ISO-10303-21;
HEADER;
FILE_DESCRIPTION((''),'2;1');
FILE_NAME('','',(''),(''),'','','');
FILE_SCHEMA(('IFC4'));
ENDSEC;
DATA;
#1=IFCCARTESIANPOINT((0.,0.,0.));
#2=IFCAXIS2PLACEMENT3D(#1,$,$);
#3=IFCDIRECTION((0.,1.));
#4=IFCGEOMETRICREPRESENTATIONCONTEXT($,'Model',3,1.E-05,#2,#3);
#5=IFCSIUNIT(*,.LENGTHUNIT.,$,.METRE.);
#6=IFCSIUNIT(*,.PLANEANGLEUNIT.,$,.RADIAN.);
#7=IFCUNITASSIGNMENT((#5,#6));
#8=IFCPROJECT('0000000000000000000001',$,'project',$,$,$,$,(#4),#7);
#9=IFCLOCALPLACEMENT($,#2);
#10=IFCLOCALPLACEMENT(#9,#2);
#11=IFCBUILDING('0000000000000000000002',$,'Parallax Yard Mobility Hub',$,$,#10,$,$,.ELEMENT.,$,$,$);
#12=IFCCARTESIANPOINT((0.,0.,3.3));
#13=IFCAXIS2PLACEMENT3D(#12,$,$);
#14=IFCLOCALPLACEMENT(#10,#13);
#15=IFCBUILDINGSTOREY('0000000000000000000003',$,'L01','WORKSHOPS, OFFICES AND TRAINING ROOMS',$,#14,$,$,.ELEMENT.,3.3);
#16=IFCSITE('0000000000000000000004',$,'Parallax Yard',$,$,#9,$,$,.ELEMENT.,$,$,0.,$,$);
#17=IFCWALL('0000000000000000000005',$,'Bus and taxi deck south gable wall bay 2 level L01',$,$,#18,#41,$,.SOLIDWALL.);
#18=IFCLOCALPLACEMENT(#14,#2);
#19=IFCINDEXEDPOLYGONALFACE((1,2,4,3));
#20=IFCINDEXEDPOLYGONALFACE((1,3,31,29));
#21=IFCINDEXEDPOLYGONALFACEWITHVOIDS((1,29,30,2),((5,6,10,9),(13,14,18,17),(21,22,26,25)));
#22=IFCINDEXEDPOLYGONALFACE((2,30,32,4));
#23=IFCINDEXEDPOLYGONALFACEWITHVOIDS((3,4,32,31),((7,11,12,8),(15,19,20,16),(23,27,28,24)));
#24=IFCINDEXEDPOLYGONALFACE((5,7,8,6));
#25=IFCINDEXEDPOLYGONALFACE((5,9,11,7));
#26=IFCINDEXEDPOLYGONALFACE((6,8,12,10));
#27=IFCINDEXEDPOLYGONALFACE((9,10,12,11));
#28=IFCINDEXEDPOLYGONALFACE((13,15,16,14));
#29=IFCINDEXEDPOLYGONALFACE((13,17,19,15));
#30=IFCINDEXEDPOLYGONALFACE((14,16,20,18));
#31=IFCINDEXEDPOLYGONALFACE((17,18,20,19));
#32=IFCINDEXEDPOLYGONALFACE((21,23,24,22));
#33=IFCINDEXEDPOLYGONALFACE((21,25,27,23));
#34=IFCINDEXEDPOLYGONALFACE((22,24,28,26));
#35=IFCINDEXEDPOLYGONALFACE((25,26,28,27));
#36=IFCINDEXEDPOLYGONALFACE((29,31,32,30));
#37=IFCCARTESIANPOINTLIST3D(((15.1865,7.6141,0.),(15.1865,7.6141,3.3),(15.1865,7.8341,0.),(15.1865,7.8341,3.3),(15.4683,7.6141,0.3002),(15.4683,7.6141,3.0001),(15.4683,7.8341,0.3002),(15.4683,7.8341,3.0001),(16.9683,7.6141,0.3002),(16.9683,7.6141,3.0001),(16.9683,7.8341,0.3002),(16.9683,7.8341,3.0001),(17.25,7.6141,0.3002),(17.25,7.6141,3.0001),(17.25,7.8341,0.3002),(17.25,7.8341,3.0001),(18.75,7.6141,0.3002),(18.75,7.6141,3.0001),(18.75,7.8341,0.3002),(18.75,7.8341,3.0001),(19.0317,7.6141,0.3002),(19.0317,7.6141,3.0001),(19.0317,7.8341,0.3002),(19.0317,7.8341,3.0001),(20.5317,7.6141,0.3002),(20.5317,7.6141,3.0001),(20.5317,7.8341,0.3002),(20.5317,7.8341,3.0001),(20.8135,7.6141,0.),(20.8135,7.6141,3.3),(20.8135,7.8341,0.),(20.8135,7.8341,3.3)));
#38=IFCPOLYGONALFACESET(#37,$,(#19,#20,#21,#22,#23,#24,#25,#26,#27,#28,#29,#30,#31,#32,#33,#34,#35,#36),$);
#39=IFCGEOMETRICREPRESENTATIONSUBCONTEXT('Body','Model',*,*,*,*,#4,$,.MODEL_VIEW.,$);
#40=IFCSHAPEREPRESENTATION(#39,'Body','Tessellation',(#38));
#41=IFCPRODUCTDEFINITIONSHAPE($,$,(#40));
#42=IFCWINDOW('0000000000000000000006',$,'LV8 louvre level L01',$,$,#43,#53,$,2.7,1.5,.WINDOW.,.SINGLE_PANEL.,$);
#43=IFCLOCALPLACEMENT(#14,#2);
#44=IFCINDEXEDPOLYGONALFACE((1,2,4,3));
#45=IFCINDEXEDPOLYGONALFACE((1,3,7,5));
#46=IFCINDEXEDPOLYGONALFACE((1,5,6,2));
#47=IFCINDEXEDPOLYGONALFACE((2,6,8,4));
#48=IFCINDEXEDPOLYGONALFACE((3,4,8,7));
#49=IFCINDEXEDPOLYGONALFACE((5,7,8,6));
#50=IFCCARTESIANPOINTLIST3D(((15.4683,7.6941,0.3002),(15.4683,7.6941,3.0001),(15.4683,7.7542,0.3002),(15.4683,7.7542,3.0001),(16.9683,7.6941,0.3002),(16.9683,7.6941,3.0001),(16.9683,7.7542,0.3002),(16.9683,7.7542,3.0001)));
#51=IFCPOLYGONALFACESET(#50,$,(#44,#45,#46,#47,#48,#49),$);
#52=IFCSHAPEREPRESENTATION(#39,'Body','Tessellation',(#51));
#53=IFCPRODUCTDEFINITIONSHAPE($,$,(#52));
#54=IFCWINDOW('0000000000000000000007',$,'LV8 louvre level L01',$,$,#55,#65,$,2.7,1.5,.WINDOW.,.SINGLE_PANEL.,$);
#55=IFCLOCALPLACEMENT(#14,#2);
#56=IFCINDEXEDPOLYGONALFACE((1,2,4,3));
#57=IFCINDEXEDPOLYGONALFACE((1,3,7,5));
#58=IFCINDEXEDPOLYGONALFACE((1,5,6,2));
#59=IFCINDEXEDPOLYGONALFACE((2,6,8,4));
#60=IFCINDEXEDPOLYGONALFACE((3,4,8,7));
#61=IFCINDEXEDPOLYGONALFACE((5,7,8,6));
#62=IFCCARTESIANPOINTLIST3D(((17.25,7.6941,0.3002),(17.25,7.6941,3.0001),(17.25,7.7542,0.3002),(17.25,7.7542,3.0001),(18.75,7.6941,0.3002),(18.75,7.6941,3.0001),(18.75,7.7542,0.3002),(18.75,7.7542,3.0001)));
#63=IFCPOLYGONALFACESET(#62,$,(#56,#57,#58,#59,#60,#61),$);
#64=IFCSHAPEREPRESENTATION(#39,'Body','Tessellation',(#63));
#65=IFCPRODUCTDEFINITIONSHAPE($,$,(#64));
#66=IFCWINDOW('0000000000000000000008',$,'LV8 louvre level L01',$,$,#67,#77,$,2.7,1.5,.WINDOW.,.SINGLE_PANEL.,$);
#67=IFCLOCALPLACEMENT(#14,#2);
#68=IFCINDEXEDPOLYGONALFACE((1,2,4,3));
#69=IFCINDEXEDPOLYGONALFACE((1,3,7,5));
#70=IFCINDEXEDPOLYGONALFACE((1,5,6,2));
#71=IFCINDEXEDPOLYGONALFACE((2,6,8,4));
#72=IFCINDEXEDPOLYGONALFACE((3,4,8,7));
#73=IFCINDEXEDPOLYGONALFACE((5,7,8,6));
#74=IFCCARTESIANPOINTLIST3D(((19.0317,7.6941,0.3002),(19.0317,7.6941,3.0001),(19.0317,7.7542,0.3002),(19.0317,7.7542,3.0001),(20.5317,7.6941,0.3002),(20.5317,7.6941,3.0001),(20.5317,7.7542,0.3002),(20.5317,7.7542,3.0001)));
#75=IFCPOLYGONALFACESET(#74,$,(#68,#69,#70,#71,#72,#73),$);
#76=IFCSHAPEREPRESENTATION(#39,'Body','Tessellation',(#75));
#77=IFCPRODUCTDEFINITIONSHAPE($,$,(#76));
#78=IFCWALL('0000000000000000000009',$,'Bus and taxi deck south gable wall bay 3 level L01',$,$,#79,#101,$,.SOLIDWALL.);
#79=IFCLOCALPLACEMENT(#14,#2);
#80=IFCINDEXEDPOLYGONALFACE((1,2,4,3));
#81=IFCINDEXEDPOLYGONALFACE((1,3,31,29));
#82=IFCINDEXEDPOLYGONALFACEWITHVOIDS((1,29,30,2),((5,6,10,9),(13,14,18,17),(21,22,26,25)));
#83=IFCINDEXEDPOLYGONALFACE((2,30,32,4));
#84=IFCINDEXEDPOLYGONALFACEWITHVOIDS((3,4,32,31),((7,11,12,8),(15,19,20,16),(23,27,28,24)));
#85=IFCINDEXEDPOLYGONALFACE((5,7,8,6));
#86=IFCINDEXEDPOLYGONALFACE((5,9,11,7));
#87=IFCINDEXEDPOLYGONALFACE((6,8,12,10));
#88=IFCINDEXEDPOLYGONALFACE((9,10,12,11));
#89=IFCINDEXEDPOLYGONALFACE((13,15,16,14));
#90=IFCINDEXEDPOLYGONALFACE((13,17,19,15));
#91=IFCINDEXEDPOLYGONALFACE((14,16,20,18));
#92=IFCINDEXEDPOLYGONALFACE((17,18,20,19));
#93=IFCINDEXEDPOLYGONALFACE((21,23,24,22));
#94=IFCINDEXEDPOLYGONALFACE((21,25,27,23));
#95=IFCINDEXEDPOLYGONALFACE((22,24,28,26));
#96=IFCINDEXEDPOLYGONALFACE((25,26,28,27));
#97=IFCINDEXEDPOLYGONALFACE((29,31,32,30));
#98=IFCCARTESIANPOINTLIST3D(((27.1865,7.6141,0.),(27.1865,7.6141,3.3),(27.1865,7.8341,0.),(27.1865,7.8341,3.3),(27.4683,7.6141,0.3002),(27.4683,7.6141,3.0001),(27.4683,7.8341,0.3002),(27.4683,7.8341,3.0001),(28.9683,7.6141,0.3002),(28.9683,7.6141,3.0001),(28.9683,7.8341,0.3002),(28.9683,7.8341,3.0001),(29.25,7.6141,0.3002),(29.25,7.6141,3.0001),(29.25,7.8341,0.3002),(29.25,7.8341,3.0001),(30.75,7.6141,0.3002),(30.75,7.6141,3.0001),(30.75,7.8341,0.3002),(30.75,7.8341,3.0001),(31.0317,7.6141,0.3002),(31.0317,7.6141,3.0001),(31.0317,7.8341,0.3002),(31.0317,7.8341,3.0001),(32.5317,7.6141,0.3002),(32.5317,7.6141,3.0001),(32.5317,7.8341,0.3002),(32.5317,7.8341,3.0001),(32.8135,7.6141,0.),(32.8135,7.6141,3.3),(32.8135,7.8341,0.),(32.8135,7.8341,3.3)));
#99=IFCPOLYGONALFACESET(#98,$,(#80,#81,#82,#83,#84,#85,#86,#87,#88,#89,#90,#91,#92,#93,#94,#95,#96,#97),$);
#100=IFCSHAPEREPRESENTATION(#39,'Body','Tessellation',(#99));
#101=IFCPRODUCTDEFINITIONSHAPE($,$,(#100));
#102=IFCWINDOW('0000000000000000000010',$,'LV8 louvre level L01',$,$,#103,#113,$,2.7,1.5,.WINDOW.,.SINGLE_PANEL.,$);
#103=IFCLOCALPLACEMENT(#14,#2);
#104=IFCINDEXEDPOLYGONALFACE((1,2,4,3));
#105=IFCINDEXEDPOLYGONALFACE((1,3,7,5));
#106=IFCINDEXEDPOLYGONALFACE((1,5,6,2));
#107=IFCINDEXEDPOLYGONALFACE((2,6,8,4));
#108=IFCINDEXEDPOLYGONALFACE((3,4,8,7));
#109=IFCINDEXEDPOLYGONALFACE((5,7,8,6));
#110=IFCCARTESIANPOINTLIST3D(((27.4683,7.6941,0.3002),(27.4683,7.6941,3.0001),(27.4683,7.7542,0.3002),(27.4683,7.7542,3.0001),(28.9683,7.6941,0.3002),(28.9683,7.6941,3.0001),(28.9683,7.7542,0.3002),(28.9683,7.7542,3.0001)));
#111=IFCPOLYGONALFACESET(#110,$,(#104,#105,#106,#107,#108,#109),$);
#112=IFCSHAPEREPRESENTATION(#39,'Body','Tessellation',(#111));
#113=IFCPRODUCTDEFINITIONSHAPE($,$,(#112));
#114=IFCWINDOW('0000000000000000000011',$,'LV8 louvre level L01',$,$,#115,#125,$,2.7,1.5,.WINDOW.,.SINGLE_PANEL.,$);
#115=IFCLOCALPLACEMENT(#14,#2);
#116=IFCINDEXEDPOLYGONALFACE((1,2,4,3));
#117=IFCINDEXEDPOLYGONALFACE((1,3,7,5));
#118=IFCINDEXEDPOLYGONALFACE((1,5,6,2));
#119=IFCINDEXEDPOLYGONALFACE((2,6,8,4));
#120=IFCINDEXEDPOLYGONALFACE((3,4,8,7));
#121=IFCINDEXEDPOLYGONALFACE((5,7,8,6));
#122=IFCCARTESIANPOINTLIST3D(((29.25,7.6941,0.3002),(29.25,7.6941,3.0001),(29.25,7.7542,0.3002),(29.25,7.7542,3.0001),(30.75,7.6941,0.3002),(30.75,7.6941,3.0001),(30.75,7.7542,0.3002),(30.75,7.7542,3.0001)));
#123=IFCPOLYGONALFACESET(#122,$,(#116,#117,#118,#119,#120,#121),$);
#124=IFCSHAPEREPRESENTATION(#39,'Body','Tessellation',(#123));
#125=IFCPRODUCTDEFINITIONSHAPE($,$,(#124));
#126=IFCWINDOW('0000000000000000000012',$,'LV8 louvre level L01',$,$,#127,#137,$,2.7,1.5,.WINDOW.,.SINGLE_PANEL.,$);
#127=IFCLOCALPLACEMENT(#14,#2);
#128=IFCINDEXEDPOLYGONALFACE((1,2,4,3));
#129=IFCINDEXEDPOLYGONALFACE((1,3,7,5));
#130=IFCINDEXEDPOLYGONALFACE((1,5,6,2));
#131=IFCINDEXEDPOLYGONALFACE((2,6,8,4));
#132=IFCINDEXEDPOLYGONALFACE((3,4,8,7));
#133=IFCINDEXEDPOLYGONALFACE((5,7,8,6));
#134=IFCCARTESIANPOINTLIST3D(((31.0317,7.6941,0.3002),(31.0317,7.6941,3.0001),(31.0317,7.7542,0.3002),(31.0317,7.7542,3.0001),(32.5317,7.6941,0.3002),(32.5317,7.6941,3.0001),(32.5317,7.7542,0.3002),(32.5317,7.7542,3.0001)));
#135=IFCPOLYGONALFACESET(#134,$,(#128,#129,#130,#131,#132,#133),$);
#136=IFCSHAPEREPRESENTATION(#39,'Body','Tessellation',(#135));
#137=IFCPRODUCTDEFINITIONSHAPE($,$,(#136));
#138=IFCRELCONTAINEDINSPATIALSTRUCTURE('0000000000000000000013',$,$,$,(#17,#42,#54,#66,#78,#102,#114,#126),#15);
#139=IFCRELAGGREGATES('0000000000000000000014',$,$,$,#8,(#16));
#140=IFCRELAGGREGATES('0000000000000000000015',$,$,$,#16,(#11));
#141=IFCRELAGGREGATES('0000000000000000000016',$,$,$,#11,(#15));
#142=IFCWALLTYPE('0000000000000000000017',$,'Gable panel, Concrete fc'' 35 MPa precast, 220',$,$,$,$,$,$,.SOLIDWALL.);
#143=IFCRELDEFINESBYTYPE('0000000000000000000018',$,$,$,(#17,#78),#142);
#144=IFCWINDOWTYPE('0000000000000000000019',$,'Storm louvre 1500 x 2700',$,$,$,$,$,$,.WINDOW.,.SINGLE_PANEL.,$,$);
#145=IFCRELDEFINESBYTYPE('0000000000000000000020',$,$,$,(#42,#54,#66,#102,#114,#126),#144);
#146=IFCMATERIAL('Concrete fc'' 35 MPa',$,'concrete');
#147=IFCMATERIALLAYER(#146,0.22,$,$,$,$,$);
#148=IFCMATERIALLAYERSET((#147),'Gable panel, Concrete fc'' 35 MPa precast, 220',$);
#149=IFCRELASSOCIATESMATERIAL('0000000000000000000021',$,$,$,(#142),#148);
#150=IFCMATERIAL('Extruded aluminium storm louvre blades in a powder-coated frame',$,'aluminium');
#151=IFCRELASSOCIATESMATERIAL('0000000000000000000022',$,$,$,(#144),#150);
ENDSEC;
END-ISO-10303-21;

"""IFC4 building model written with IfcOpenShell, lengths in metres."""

from ifc_helpers import new_model, si_unit, direction, frame, frame_2d, origin, place, context, subcontext, project, spatial, rectangle, extrude, material, layer, layer_set, type_object, element, fill, save


model = new_model("IFC4")

# Units and contexts
model_context = context("Model", 3, precision=1e-05, world=origin(), true_north=direction((0.0, 1.0)))
body_context = subcontext(model_context, "Body", "Model", "MODEL_VIEW")
ifc_project = project(units=[si_unit("LENGTHUNIT", "METRE"), si_unit("PLANEANGLEUNIT", "RADIAN")], contexts=[model_context])

# Site, building, storey
site_placement = place(None, origin())
site = spatial("IfcSite", under=ifc_project, at=site_placement, Name="Parallax Yard", CompositionType="ELEMENT", RefElevation=0.0)
building_placement = place(site_placement, origin())
building = spatial("IfcBuilding", under=site, at=building_placement, Name="Parallax Yard Mobility Hub", CompositionType="ELEMENT")
storey_placement = place(building_placement, frame((0.0, 0.0, 3.3)))
storey = spatial("IfcBuildingStorey", under=building, at=storey_placement, Name="L01", Description="WORKSHOPS, OFFICES AND TRAINING ROOMS", CompositionType="ELEMENT", Elevation=3.3)

# Walls, openings, windows
ifc_material_1 = material(Name="Concrete fc' 35 MPa", Category="concrete")
ifc_layer = layer(ifc_material_1, 0.22)
ifc_layer_set = layer_set([ifc_layer], Name="Gable panel, Concrete fc' 35 MPa precast, 220")
wall_type = type_object("IfcWallType", Name="Gable panel, Concrete fc' 35 MPa precast, 220", PredefinedType="SOLIDWALL", material=ifc_layer_set)
wall_1_placement = place(storey_placement, frame((15.1865, 7.7241, 0.0), z_axis=(0.0, 0.0, 1.0), x_axis=(1.0, 0.0, 0.0)))
wall_1 = element("IfcWall", 1, at=wall_1_placement, inside=storey, type_object=wall_type, Name="Bus and taxi deck south gable wall bay 2 level L01", PredefinedType="SOLIDWALL", context=body_context, shape_type="SweptSolid", body=[
    extrude(rectangle(XDim=5.627, YDim=0.22, at=frame_2d((2.8135, 0.0))), origin(), (0.0, 0.0, 1.0), 3.3),
])
opening_1_placement = place(wall_1_placement, frame((0.2817, 0.0, 0.3)))
opening_1 = element("IfcOpeningElement", 2, at=opening_1_placement, cuts=wall_1, PredefinedType="OPENING", context=body_context, shape_type="SweptSolid", body=[
    extrude(rectangle(XDim=1.5, YDim=2.7, at=frame_2d((0.75, 1.3501))), frame((0.0, 0.1201, 0.0), z_axis=(0.0, -1.0, 0.0), x_axis=(1.0, 0.0, 0.0)), (0.0, 0.0, 1.0), 0.24),
])
opening_2_placement = place(wall_1_placement, frame((2.0635, 0.0, 0.3)))
opening_2 = element("IfcOpeningElement", 3, at=opening_2_placement, cuts=wall_1, PredefinedType="OPENING", context=body_context, shape_type="SweptSolid", body=[
    extrude(rectangle(XDim=1.5, YDim=2.7, at=frame_2d((0.75, 1.3501))), frame((0.0, 0.1201, 0.0), z_axis=(0.0, -1.0, 0.0), x_axis=(1.0, 0.0, 0.0)), (0.0, 0.0, 1.0), 0.24),
])
opening_3_placement = place(wall_1_placement, frame((3.8452, 0.0, 0.3)))
opening_3 = element("IfcOpeningElement", 4, at=opening_3_placement, cuts=wall_1, PredefinedType="OPENING", context=body_context, shape_type="SweptSolid", body=[
    extrude(rectangle(XDim=1.5, YDim=2.7, at=frame_2d((0.75, 1.3501))), frame((0.0, 0.1201, 0.0), z_axis=(0.0, -1.0, 0.0), x_axis=(1.0, 0.0, 0.0)), (0.0, 0.0, 1.0), 0.24),
])
ifc_material_2 = material(Name="Extruded aluminium storm louvre blades in a powder-coated frame", Category="aluminium")
window_type = type_object("IfcWindowType", Name="Storm louvre 1500 x 2700", PartitioningType="SINGLE_PANEL", PredefinedType="WINDOW", material=ifc_material_2)
window_1_placement = place(opening_1_placement, origin())
window_1 = element("IfcWindow", 5, at=window_1_placement, inside=storey, type_object=window_type, Name="LV8 louvre level L01", OverallHeight=2.7, OverallWidth=1.5, PartitioningType="SINGLE_PANEL", PredefinedType="WINDOW", context=body_context, shape_type="SweptSolid", body=[
    extrude(rectangle(XDim=1.5, YDim=2.7, at=frame_2d((0.75, 1.3501))), frame((0.0, 0.03, 0.0), z_axis=(0.0, -1.0, 0.0), x_axis=(1.0, 0.0, 0.0)), (0.0, 0.0, 1.0), 0.0601),
])
fill(opening_1, window_1)
window_2_placement = place(opening_2_placement, origin())
window_2 = element("IfcWindow", 6, at=window_2_placement, inside=storey, type_object=window_type, Name="LV8 louvre level L01", OverallHeight=2.7, OverallWidth=1.5, PartitioningType="SINGLE_PANEL", PredefinedType="WINDOW", context=body_context, shape_type="SweptSolid", body=[
    extrude(rectangle(XDim=1.5, YDim=2.7, at=frame_2d((0.75, 1.3501))), frame((0.0, 0.03, 0.0), z_axis=(0.0, -1.0, 0.0), x_axis=(1.0, 0.0, 0.0)), (0.0, 0.0, 1.0), 0.0601),
])
fill(opening_2, window_2)
window_3_placement = place(opening_3_placement, origin())
window_3 = element("IfcWindow", 7, at=window_3_placement, inside=storey, type_object=window_type, Name="LV8 louvre level L01", OverallHeight=2.7, OverallWidth=1.5, PartitioningType="SINGLE_PANEL", PredefinedType="WINDOW", context=body_context, shape_type="SweptSolid", body=[
    extrude(rectangle(XDim=1.5, YDim=2.7, at=frame_2d((0.75, 1.3501))), frame((0.0, 0.03, 0.0), z_axis=(0.0, -1.0, 0.0), x_axis=(1.0, 0.0, 0.0)), (0.0, 0.0, 1.0), 0.0601),
])
fill(opening_3, window_3)
wall_2_placement = place(storey_placement, frame((27.1865, 7.7241, 0.0), z_axis=(0.0, 0.0, 1.0), x_axis=(1.0, 0.0, 0.0)))
wall_2 = element("IfcWall", 8, at=wall_2_placement, inside=storey, type_object=wall_type, Name="Bus and taxi deck south gable wall bay 3 level L01", PredefinedType="SOLIDWALL", context=body_context, shape_type="SweptSolid", body=[
    extrude(rectangle(XDim=5.627, YDim=0.22, at=frame_2d((2.8135, 0.0))), origin(), (0.0, 0.0, 1.0), 3.3),
])
opening_4_placement = place(wall_2_placement, frame((0.2817, 0.0, 0.3)))
opening_4 = element("IfcOpeningElement", 9, at=opening_4_placement, cuts=wall_2, PredefinedType="OPENING", context=body_context, shape_type="SweptSolid", body=[
    extrude(rectangle(XDim=1.5, YDim=2.7, at=frame_2d((0.75, 1.3501))), frame((0.0, 0.1201, 0.0), z_axis=(0.0, -1.0, 0.0), x_axis=(1.0, 0.0, 0.0)), (0.0, 0.0, 1.0), 0.24),
])
opening_5_placement = place(wall_2_placement, frame((2.0635, 0.0, 0.3)))
opening_5 = element("IfcOpeningElement", 10, at=opening_5_placement, cuts=wall_2, PredefinedType="OPENING", context=body_context, shape_type="SweptSolid", body=[
    extrude(rectangle(XDim=1.5, YDim=2.7, at=frame_2d((0.75, 1.3501))), frame((0.0, 0.1201, 0.0), z_axis=(0.0, -1.0, 0.0), x_axis=(1.0, 0.0, 0.0)), (0.0, 0.0, 1.0), 0.24),
])
opening_6_placement = place(wall_2_placement, frame((3.8452, 0.0, 0.3)))
opening_6 = element("IfcOpeningElement", 11, at=opening_6_placement, cuts=wall_2, PredefinedType="OPENING", context=body_context, shape_type="SweptSolid", body=[
    extrude(rectangle(XDim=1.5, YDim=2.7, at=frame_2d((0.75, 1.3501))), frame((0.0, 0.1201, 0.0), z_axis=(0.0, -1.0, 0.0), x_axis=(1.0, 0.0, 0.0)), (0.0, 0.0, 1.0), 0.24),
])
window_4_placement = place(opening_4_placement, origin())
window_4 = element("IfcWindow", 12, at=window_4_placement, inside=storey, type_object=window_type, Name="LV8 louvre level L01", OverallHeight=2.7, OverallWidth=1.5, PartitioningType="SINGLE_PANEL", PredefinedType="WINDOW", context=body_context, shape_type="SweptSolid", body=[
    extrude(rectangle(XDim=1.5, YDim=2.7, at=frame_2d((0.75, 1.3501))), frame((0.0, 0.03, 0.0), z_axis=(0.0, -1.0, 0.0), x_axis=(1.0, 0.0, 0.0)), (0.0, 0.0, 1.0), 0.0601),
])
fill(opening_4, window_4)
window_5_placement = place(opening_5_placement, origin())
window_5 = element("IfcWindow", 13, at=window_5_placement, inside=storey, type_object=window_type, Name="LV8 louvre level L01", OverallHeight=2.7, OverallWidth=1.5, PartitioningType="SINGLE_PANEL", PredefinedType="WINDOW", context=body_context, shape_type="SweptSolid", body=[
    extrude(rectangle(XDim=1.5, YDim=2.7, at=frame_2d((0.75, 1.3501))), frame((0.0, 0.03, 0.0), z_axis=(0.0, -1.0, 0.0), x_axis=(1.0, 0.0, 0.0)), (0.0, 0.0, 1.0), 0.0601),
])
fill(opening_5, window_5)
window_6_placement = place(opening_6_placement, origin())
window_6 = element("IfcWindow", 14, at=window_6_placement, inside=storey, type_object=window_type, Name="LV8 louvre level L01", OverallHeight=2.7, OverallWidth=1.5, PartitioningType="SINGLE_PANEL", PredefinedType="WINDOW", context=body_context, shape_type="SweptSolid", body=[
    extrude(rectangle(XDim=1.5, YDim=2.7, at=frame_2d((0.75, 1.3501))), frame((0.0, 0.03, 0.0), z_axis=(0.0, -1.0, 0.0), x_axis=(1.0, 0.0, 0.0)), (0.0, 0.0, 1.0), 0.0601),
])
fill(opening_6, window_6)

save(model, "model.ifc")
